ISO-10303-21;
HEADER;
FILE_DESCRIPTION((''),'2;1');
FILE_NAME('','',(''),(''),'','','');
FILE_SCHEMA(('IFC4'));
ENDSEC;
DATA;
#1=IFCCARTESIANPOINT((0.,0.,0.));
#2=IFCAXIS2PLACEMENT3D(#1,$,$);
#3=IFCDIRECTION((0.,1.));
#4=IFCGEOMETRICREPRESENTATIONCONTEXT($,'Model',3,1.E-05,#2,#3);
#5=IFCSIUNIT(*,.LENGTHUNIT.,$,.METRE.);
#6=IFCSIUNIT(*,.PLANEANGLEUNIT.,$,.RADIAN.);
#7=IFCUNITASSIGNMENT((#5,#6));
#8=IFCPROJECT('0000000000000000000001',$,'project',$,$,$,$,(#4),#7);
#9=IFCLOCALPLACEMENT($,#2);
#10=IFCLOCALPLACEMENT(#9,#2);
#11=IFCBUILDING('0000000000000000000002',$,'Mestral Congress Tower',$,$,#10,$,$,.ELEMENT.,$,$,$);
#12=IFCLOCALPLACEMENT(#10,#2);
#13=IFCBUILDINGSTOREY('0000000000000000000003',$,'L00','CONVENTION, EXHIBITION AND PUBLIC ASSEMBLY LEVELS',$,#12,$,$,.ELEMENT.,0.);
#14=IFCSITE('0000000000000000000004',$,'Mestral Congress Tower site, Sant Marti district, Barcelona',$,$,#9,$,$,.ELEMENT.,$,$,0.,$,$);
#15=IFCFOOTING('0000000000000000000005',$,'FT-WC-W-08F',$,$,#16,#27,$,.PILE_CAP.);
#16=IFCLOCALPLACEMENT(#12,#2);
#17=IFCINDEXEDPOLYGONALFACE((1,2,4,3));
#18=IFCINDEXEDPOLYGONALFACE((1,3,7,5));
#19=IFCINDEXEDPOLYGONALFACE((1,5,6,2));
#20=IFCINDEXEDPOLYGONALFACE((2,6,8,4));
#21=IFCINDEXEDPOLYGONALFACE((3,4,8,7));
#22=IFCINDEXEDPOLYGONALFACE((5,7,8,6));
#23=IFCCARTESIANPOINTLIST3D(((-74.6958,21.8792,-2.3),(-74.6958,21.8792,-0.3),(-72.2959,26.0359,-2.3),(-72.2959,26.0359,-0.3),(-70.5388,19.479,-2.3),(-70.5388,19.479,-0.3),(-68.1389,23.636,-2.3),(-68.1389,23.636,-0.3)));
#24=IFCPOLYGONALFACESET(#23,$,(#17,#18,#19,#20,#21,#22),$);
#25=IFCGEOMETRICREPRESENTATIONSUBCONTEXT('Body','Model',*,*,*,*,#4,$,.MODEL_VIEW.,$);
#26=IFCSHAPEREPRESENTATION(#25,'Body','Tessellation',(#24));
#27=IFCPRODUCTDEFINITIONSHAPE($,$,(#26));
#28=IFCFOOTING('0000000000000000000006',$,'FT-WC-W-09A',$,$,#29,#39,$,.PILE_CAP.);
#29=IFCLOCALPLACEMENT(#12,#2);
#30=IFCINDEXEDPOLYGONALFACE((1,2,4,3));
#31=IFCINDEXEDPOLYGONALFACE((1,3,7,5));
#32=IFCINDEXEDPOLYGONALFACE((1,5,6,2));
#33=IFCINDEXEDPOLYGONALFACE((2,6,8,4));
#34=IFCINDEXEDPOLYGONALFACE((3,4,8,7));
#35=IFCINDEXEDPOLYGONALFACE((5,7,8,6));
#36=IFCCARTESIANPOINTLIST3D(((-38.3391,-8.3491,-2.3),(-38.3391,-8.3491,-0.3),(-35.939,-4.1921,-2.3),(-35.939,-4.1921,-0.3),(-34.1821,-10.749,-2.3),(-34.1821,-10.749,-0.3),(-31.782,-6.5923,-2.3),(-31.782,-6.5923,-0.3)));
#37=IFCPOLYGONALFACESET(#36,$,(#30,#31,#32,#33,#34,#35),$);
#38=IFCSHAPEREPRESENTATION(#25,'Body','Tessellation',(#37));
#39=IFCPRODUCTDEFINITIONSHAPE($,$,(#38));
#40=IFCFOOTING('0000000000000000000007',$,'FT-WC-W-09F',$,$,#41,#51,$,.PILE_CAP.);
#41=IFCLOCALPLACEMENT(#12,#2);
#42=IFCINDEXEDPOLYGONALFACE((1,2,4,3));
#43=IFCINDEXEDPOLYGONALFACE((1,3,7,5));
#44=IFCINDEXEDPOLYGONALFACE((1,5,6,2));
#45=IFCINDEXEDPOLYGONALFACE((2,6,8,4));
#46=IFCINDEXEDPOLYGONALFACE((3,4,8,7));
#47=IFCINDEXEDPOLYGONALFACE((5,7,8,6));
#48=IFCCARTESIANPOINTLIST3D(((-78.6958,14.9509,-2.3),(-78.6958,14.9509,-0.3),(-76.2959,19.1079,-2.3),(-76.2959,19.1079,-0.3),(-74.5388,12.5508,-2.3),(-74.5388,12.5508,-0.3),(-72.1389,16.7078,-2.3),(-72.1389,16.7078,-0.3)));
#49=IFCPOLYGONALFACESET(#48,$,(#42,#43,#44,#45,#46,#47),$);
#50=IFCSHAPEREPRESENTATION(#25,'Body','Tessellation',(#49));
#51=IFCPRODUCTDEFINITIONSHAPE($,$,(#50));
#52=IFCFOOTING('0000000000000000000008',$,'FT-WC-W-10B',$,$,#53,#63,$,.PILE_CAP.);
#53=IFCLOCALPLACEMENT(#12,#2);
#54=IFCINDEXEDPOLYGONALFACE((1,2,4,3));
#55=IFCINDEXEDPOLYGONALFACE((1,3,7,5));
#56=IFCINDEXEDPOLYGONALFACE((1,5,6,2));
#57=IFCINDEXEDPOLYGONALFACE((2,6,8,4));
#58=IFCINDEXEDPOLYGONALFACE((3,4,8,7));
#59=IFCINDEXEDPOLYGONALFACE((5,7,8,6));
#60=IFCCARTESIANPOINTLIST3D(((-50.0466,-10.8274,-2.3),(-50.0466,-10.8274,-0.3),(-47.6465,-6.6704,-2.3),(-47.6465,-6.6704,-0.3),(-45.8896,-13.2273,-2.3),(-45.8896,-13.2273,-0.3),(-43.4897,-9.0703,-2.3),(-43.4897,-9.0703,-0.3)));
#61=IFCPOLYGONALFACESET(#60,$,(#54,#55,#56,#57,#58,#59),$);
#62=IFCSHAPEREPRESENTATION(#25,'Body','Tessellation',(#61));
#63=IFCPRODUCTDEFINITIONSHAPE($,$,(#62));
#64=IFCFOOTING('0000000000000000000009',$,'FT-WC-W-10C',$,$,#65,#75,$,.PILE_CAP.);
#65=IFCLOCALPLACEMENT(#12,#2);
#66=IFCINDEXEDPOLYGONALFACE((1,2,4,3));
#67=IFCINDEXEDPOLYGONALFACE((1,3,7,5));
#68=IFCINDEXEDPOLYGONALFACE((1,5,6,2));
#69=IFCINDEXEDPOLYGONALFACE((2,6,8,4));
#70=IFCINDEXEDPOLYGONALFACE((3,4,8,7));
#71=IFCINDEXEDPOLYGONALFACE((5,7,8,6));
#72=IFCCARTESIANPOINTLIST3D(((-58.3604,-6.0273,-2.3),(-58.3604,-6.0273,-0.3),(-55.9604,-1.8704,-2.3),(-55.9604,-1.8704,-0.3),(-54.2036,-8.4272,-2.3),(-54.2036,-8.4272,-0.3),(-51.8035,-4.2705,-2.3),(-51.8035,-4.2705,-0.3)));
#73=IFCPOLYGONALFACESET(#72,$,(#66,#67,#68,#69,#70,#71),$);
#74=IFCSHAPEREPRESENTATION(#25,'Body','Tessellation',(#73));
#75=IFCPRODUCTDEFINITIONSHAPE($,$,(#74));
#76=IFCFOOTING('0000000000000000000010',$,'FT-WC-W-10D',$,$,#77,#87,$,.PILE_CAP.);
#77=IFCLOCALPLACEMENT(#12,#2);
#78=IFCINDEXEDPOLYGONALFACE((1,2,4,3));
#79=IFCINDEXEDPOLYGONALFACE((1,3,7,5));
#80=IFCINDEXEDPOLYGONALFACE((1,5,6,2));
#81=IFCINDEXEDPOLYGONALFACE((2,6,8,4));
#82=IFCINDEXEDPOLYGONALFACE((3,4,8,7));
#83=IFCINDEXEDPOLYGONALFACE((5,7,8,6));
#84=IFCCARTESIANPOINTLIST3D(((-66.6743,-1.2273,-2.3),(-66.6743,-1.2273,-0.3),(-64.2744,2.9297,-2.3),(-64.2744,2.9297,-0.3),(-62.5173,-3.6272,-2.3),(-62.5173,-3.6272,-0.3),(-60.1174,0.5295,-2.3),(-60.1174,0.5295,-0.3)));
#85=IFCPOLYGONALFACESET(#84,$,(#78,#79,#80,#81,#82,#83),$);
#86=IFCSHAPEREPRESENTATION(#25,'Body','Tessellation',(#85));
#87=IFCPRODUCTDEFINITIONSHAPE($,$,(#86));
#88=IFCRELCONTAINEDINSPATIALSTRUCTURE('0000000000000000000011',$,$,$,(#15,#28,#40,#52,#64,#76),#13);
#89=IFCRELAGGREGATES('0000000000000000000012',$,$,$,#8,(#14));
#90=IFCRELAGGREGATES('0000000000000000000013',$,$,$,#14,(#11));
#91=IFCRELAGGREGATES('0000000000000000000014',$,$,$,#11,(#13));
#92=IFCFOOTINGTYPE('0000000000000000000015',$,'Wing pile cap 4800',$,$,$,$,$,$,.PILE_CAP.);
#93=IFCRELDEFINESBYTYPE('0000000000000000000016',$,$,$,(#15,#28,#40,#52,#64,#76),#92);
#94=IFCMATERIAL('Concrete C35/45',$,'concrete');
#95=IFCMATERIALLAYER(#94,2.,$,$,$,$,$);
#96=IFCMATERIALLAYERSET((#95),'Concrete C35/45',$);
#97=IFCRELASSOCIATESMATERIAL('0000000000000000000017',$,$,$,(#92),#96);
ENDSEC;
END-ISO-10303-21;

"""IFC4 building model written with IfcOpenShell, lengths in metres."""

from ifc_helpers import new_model, si_unit, direction, frame, origin, place, context, subcontext, project, spatial, polyline, outline, extrude, material, layer, layer_set, type_object, element, save


model = new_model("IFC4")

# Units and contexts
model_context = context("Model", 3, precision=1e-05, world=origin(), true_north=direction((0.0, 1.0)))
body_context = subcontext(model_context, "Body", "Model", "MODEL_VIEW")
ifc_project = project(units=[si_unit("LENGTHUNIT", "METRE"), si_unit("PLANEANGLEUNIT", "RADIAN")], contexts=[model_context])

# Site, building, storey
site_placement = place(None, origin())
site = spatial("IfcSite", under=ifc_project, at=site_placement, Name="Mestral Congress Tower site, Sant Marti district, Barcelona", CompositionType="ELEMENT", RefElevation=0.0)
building_placement = place(site_placement, origin())
building = spatial("IfcBuilding", under=site, at=building_placement, Name="Mestral Congress Tower", CompositionType="ELEMENT")
storey_placement = place(building_placement, origin())
storey = spatial("IfcBuildingStorey", under=building, at=storey_placement, Name="L00", Description="CONVENTION, EXHIBITION AND PUBLIC ASSEMBLY LEVELS", CompositionType="ELEMENT", Elevation=0.0)

# Footings
ifc_material = material(Name="Concrete C35/45", Category="concrete")
ifc_layer = layer(ifc_material, 2.0)
ifc_layer_set = layer_set([ifc_layer], Name="Concrete C35/45")
footing_type = type_object("IfcFootingType", Name="Wing pile cap 4800", PredefinedType="PILE_CAP", material=ifc_layer_set)
placement = place(storey_placement, frame((0.0, 0.0, -2.3)))
element("IfcFooting", 1, at=placement, inside=storey, type_object=footing_type, Name="FT-WC-W-08F", PredefinedType="PILE_CAP", context=body_context, shape_type="SweptSolid", body=[
    extrude(outline(polyline([(-68.1389, 23.636), (-72.2959, 26.0359), (-74.6958, 21.8792), (-70.5388, 19.479), (-68.1389, 23.636)])), origin(), (0.0, 0.0, 1.0), 2.0),
])
element("IfcFooting", 2, at=placement, inside=storey, type_object=footing_type, Name="FT-WC-W-09A", PredefinedType="PILE_CAP", context=body_context, shape_type="SweptSolid", body=[
    extrude(outline(polyline([(-31.782, -6.5923), (-35.939, -4.1921), (-38.3391, -8.3491), (-34.1821, -10.749), (-31.782, -6.5923)])), origin(), (0.0, 0.0, 1.0), 2.0),
])
element("IfcFooting", 3, at=placement, inside=storey, type_object=footing_type, Name="FT-WC-W-09F", PredefinedType="PILE_CAP", context=body_context, shape_type="SweptSolid", body=[
    extrude(outline(polyline([(-72.1389, 16.7078), (-76.2959, 19.1079), (-78.6958, 14.9509), (-74.5388, 12.5508), (-72.1389, 16.7078)])), origin(), (0.0, 0.0, 1.0), 2.0),
])
element("IfcFooting", 4, at=placement, inside=storey, type_object=footing_type, Name="FT-WC-W-10B", PredefinedType="PILE_CAP", context=body_context, shape_type="SweptSolid", body=[
    extrude(outline(polyline([(-43.4897, -9.0703), (-47.6465, -6.6704), (-50.0466, -10.8274), (-45.8896, -13.2273), (-43.4897, -9.0703)])), origin(), (0.0, 0.0, 1.0), 2.0),
])
element("IfcFooting", 5, at=placement, inside=storey, type_object=footing_type, Name="FT-WC-W-10C", PredefinedType="PILE_CAP", context=body_context, shape_type="SweptSolid", body=[
    extrude(outline(polyline([(-51.8035, -4.2705), (-55.9604, -1.8704), (-58.3604, -6.0273), (-54.2036, -8.4272), (-51.8035, -4.2705)])), origin(), (0.0, 0.0, 1.0), 2.0),
])
element("IfcFooting", 6, at=placement, inside=storey, type_object=footing_type, Name="FT-WC-W-10D", PredefinedType="PILE_CAP", context=body_context, shape_type="SweptSolid", body=[
    extrude(outline(polyline([(-60.1174, 0.5295), (-64.2744, 2.9297), (-66.6743, -1.2273), (-62.5173, -3.6272), (-60.1174, 0.5295)])), origin(), (0.0, 0.0, 1.0), 2.0),
])

save(model, "model.ifc")
